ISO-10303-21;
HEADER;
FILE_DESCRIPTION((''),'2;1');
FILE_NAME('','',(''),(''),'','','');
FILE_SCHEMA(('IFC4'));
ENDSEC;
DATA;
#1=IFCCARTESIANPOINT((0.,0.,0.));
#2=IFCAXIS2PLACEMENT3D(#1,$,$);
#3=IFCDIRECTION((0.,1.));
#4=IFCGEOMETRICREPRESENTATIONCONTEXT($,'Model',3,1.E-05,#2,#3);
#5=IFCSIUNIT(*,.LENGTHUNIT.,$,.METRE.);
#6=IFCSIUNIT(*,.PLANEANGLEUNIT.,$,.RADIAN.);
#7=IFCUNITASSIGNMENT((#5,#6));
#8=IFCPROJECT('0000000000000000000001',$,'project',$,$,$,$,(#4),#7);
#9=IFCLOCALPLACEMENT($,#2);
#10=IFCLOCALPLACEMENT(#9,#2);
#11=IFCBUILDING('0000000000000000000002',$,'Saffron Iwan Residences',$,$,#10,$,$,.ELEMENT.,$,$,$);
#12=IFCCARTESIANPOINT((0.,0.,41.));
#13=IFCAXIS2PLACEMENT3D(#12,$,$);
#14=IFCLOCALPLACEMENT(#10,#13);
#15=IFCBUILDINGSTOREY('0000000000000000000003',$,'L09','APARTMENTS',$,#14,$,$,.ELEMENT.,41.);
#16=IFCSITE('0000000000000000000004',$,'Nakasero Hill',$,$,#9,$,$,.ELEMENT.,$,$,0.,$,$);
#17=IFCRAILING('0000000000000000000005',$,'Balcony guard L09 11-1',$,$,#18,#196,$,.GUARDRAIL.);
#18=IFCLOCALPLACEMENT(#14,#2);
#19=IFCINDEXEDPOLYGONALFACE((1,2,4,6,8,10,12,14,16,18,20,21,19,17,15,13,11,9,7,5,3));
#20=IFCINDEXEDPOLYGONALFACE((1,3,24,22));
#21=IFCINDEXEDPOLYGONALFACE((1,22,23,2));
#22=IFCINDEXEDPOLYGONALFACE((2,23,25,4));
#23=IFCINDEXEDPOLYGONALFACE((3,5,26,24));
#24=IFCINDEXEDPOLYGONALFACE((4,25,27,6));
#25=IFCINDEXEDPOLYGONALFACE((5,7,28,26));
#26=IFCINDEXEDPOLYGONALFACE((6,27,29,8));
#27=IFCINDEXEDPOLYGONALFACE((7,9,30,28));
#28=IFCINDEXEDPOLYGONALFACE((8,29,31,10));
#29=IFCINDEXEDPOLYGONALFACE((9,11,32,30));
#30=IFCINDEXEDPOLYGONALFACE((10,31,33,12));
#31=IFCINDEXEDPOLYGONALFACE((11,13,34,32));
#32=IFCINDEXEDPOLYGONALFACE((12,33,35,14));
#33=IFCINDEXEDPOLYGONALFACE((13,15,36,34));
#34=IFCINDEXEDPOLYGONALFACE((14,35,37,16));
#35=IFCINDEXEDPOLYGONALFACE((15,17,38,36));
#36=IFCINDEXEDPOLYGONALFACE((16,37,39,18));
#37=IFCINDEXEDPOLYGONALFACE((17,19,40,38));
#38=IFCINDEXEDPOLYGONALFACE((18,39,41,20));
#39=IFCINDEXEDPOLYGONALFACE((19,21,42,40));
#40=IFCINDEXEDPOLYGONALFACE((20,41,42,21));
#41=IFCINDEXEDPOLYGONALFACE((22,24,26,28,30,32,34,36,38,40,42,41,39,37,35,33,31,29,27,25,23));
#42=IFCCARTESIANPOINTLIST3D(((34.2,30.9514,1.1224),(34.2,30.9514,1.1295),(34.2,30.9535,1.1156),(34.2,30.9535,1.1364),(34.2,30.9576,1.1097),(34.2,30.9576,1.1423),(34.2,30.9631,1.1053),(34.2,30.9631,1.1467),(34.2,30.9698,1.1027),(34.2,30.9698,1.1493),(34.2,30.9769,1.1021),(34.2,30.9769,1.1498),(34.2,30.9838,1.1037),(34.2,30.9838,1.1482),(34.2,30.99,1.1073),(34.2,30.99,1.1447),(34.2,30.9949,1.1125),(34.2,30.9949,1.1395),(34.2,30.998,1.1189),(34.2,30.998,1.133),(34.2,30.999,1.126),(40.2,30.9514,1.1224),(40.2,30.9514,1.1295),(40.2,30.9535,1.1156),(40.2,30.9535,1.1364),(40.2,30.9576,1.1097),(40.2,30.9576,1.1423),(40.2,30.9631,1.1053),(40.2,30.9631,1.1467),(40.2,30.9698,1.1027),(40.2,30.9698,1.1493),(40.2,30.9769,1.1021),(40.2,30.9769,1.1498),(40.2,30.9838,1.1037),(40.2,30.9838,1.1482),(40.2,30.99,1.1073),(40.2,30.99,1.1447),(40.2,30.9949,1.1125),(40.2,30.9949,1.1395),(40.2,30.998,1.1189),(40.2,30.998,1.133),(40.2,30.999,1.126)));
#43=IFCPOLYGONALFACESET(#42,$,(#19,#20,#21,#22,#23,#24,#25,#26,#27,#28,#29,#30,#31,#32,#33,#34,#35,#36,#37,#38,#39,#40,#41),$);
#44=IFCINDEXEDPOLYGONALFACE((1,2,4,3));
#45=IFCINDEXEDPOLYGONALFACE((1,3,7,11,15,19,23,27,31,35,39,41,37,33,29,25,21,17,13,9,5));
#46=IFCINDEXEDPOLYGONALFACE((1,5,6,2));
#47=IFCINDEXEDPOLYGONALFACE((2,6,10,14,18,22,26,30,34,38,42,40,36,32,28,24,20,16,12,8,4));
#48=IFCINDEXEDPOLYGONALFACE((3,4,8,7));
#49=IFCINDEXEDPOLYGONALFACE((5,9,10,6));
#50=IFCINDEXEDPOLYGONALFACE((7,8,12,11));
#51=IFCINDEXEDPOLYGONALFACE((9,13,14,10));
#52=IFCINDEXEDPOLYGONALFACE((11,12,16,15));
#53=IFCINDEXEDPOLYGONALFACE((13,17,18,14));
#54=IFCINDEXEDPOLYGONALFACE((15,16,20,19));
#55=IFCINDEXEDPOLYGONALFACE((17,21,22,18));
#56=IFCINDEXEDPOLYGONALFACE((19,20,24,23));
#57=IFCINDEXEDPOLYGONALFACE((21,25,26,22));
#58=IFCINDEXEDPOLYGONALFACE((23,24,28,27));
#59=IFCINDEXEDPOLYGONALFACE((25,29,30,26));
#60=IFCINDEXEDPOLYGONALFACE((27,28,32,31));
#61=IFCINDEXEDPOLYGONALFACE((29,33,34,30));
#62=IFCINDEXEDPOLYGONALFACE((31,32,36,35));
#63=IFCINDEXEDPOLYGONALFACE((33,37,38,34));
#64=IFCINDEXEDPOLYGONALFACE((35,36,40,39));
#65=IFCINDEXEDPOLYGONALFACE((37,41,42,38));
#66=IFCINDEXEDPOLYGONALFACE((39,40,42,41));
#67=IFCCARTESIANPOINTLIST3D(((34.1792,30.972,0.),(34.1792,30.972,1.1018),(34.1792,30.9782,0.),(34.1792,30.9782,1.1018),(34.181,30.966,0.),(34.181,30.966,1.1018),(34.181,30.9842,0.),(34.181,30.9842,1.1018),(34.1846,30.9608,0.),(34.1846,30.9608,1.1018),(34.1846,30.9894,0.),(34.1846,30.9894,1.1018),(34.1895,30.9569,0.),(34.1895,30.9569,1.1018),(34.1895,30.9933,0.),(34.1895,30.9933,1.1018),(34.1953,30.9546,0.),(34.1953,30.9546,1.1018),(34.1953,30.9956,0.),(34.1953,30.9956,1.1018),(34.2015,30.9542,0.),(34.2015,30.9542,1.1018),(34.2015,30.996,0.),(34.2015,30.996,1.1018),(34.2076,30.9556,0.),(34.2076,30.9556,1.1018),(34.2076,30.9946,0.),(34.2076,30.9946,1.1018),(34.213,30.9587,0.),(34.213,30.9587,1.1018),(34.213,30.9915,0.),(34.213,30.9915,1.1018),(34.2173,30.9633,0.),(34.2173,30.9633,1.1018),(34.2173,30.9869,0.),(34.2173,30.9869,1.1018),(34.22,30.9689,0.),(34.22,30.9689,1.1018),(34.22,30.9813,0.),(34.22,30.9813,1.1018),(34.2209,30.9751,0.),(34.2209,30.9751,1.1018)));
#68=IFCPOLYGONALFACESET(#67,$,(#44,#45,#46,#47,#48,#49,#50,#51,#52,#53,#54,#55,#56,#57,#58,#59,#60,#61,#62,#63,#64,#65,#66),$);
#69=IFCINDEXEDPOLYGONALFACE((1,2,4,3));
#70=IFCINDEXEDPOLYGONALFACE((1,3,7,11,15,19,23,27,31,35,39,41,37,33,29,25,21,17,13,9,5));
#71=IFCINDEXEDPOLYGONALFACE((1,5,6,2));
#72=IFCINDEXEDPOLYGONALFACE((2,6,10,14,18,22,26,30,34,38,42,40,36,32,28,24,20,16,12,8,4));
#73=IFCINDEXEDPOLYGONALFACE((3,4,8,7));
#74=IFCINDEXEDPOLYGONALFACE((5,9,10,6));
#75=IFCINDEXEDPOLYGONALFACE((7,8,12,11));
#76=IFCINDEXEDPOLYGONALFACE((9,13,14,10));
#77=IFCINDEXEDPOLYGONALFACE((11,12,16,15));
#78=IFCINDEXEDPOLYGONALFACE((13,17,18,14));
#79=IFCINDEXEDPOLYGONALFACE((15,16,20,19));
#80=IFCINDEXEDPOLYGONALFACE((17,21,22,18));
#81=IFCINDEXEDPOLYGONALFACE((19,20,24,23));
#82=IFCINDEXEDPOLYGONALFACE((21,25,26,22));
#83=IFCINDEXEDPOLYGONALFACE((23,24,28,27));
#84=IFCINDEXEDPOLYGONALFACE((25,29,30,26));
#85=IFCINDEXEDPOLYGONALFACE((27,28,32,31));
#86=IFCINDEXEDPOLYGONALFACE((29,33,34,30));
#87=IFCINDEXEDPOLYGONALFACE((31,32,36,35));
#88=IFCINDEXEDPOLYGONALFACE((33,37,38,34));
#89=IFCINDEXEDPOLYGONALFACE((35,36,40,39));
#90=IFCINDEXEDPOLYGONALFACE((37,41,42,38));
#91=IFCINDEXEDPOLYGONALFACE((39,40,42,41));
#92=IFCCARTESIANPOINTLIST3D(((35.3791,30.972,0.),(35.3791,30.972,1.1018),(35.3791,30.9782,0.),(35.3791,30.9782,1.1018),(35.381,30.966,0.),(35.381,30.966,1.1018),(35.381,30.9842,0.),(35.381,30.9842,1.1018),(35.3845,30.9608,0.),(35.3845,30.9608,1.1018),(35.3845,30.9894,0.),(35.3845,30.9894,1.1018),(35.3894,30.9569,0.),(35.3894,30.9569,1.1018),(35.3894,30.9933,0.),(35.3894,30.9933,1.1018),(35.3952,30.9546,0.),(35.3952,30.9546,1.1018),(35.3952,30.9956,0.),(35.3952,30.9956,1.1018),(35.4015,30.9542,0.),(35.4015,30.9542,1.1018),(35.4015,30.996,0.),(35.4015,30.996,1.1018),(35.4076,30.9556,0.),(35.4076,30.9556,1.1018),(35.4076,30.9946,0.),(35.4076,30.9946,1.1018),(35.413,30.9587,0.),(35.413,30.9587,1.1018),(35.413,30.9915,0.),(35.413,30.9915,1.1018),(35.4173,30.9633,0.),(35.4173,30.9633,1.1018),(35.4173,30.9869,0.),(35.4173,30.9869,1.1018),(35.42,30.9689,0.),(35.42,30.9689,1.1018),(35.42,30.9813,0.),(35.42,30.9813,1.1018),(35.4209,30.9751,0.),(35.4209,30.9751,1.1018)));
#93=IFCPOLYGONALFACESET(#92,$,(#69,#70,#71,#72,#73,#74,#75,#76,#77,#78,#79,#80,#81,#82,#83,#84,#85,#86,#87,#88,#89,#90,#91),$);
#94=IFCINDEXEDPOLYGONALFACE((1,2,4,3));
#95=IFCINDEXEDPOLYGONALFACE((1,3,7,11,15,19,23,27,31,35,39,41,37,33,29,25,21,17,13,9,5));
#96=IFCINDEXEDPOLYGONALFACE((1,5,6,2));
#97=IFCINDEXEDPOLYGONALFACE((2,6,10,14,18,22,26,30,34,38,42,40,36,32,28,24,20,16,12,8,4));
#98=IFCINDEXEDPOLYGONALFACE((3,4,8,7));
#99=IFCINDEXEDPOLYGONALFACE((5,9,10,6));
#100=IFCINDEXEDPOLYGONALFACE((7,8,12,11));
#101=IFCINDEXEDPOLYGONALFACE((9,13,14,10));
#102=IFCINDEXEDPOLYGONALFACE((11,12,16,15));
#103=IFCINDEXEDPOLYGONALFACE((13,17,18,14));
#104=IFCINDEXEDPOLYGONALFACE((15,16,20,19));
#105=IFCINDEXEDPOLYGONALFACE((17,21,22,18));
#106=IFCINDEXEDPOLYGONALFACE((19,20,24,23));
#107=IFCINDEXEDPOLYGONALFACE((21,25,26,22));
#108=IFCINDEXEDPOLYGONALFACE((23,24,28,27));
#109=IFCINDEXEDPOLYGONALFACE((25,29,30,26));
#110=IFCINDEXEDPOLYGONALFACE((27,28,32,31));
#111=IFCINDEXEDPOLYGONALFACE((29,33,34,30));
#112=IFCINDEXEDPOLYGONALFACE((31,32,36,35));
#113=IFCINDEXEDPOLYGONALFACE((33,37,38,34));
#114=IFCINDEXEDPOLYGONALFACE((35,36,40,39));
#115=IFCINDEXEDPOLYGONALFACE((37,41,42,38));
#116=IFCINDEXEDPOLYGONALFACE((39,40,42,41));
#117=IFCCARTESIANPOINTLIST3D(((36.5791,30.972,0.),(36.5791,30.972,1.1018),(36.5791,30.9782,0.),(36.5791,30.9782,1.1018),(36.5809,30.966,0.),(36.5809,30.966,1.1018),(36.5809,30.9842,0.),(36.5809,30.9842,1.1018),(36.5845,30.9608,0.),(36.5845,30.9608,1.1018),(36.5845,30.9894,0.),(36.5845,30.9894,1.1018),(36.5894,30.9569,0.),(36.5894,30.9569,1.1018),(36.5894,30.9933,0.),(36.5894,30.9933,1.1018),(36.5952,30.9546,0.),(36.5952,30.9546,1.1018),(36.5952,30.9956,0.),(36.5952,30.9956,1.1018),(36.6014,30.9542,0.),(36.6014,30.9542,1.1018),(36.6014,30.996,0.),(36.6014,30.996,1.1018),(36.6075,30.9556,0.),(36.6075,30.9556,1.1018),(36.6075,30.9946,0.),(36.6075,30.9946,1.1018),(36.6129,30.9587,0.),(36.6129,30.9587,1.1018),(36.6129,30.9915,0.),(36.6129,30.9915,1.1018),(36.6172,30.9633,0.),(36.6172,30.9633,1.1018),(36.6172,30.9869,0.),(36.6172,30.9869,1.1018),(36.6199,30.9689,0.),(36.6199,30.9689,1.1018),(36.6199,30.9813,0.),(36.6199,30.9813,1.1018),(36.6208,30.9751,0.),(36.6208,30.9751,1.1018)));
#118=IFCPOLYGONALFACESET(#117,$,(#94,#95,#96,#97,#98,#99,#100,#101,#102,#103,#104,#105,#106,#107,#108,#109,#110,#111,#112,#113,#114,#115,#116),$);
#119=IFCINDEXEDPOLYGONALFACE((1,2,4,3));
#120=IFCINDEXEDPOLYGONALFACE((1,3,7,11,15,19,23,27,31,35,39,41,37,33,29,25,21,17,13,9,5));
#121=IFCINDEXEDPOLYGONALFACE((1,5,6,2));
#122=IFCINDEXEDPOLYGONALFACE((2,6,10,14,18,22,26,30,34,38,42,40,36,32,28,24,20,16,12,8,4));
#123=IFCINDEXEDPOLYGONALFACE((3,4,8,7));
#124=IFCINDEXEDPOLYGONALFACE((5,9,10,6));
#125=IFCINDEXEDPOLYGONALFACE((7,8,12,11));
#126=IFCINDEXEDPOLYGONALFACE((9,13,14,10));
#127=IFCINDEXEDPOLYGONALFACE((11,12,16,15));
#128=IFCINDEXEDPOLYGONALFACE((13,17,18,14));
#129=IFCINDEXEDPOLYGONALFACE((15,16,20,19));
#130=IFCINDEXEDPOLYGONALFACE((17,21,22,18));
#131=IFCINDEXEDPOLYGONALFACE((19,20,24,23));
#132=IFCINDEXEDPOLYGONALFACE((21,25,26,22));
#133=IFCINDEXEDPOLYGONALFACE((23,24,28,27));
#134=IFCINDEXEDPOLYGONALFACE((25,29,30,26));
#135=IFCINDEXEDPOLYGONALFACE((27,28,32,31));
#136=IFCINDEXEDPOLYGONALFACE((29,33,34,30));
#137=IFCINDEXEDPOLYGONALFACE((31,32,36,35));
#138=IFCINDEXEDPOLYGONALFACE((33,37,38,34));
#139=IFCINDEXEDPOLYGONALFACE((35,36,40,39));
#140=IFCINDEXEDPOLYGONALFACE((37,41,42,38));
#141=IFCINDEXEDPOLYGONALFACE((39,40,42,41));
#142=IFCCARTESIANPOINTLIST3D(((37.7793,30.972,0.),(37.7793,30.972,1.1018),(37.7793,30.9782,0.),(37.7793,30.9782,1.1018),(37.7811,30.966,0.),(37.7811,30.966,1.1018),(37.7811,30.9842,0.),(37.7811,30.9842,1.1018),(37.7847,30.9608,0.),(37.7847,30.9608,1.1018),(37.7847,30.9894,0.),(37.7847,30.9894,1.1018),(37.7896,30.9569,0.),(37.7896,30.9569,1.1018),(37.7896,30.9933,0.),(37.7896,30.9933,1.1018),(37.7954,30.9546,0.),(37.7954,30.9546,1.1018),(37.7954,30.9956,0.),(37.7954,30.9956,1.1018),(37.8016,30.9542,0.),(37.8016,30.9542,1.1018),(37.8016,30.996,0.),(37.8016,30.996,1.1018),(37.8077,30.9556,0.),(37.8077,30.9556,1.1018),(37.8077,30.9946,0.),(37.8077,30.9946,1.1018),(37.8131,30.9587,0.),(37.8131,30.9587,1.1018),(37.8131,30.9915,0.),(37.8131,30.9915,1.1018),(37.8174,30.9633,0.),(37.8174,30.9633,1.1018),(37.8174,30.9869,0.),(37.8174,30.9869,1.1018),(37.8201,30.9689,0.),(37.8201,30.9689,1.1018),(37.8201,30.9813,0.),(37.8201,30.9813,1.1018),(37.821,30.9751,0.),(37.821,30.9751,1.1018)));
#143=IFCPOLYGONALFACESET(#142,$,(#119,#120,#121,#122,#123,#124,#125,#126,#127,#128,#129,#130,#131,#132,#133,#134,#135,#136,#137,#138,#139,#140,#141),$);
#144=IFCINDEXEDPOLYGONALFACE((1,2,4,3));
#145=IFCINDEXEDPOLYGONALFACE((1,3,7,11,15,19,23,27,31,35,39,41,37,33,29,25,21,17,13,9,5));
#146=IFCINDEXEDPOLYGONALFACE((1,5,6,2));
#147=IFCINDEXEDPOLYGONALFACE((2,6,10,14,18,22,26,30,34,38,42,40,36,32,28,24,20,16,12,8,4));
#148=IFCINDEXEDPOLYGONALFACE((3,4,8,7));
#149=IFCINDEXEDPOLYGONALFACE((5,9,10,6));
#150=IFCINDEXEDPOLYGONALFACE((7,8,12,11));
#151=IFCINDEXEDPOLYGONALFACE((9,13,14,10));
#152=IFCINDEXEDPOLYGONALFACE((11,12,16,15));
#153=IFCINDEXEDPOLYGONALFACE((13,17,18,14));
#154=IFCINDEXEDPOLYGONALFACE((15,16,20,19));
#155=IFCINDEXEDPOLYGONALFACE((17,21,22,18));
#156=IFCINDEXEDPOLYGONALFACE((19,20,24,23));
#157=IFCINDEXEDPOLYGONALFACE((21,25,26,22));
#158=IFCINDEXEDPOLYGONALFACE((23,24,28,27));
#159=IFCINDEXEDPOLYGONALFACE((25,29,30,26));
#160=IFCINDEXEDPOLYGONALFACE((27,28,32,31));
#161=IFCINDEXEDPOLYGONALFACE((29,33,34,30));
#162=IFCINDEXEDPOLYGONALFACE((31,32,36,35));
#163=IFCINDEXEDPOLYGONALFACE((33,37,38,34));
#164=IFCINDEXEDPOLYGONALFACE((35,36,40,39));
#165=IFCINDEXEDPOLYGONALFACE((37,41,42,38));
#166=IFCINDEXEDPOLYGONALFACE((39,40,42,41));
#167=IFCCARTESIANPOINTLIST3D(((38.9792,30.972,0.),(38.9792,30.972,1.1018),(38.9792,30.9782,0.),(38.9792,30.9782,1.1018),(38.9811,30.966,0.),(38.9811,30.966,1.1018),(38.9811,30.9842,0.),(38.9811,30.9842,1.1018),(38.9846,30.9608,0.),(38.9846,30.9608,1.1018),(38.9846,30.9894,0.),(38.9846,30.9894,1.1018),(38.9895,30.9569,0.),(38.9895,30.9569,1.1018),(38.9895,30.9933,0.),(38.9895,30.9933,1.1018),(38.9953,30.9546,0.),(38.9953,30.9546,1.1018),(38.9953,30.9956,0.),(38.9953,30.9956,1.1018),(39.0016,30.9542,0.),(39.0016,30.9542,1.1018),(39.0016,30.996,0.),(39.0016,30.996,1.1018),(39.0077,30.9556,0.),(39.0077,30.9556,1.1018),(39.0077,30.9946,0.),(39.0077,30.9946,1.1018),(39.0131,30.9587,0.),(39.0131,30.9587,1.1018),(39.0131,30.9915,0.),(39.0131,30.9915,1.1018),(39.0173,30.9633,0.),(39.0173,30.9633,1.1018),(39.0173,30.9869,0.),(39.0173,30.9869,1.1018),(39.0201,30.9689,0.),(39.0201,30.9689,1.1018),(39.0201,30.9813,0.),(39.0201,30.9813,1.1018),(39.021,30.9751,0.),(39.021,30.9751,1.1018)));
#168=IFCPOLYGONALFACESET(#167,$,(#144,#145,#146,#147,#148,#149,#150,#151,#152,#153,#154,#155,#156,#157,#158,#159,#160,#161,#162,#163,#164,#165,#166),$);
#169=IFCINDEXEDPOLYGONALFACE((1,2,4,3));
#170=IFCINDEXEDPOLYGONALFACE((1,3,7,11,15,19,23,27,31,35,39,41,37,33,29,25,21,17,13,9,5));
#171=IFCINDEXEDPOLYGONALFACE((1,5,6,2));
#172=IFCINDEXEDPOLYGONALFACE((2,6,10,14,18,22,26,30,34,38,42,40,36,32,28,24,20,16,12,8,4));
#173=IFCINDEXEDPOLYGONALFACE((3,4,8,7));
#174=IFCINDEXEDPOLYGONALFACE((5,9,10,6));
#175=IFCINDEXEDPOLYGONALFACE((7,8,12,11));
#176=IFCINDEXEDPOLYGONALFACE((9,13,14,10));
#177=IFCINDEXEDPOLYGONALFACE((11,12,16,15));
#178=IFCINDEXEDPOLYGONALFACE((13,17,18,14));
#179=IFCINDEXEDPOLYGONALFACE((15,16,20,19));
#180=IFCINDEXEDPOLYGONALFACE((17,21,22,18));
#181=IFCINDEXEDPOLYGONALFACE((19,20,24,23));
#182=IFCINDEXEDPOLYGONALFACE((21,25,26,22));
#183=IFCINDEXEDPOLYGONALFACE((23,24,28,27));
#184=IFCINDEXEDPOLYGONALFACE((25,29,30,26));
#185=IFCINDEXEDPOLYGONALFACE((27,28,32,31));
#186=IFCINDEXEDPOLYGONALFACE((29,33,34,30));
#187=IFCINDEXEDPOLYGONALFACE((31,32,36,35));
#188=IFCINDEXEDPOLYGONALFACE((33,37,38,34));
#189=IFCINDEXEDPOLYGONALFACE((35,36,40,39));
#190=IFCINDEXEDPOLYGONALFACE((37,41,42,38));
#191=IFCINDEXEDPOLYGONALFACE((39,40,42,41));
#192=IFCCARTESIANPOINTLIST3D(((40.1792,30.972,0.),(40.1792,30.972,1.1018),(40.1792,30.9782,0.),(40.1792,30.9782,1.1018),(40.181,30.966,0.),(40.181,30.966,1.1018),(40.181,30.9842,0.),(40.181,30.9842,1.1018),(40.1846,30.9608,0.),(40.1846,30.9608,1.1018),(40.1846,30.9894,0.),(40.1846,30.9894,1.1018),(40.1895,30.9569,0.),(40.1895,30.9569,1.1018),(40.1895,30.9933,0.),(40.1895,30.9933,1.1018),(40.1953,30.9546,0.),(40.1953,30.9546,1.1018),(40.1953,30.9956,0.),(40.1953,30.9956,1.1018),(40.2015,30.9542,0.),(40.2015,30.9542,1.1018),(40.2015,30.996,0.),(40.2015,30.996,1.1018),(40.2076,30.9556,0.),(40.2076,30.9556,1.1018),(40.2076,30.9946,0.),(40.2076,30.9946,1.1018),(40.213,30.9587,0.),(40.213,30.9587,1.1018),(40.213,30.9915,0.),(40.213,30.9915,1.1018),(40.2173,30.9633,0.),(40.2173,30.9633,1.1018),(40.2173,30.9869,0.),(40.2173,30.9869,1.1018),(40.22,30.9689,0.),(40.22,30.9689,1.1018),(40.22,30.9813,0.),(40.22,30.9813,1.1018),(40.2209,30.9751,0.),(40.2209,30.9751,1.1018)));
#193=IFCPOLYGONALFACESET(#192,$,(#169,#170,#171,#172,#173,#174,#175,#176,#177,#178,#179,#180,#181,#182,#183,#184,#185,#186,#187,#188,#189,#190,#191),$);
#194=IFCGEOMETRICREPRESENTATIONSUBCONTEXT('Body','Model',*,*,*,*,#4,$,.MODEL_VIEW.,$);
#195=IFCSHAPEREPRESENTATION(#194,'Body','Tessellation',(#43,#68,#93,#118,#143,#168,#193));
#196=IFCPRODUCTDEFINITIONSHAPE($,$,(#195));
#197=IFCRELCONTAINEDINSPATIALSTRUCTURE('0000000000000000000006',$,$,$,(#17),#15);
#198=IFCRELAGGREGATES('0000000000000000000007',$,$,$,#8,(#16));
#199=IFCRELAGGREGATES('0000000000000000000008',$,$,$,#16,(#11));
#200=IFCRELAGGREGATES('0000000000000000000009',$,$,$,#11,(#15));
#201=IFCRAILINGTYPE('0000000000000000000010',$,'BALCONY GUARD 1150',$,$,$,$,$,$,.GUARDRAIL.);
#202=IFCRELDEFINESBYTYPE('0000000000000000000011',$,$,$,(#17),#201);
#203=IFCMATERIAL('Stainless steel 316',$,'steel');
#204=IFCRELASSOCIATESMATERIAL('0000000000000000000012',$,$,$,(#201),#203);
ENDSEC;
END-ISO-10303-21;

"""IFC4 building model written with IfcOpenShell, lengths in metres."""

from ifc_helpers import new_model, si_unit, direction, frame, origin, origin_2d, place, context, subcontext, project, spatial, circle, extrude, material, type_object, element, save


model = new_model("IFC4")

# Units and contexts
model_context = context("Model", 3, precision=1e-05, world=origin(), true_north=direction((0.0, 1.0)))
body_context = subcontext(model_context, "Body", "Model", "MODEL_VIEW")
ifc_project = project(units=[si_unit("LENGTHUNIT", "METRE"), si_unit("PLANEANGLEUNIT", "RADIAN")], contexts=[model_context])

# Site, building, storey
site_placement = place(None, origin())
site = spatial("IfcSite", under=ifc_project, at=site_placement, Name="Nakasero Hill", CompositionType="ELEMENT", RefElevation=0.0)
building_placement = place(site_placement, origin())
building = spatial("IfcBuilding", under=site, at=building_placement, Name="Saffron Iwan Residences", CompositionType="ELEMENT")
storey_placement = place(building_placement, frame((0.0, 0.0, 41.0)))
storey = spatial("IfcBuildingStorey", under=building, at=storey_placement, Name="L09", Description="APARTMENTS", CompositionType="ELEMENT", Elevation=41.0)

# Railing
ifc_material_1 = material(Name="Stainless steel 316", Category="steel")
railing_type = type_object("IfcRailingType", Name="BALCONY GUARD 1150", PredefinedType="GUARDRAIL", material=ifc_material_1)
railing_placement = place(storey_placement, frame((34.2, 30.9751, 0.0)))
element("IfcRailing", 1, at=railing_placement, inside=storey, type_object=railing_type, Name="Balcony guard L09 11-1", PredefinedType="GUARDRAIL", context=body_context, shape_type="SweptSolid", body=[
    extrude(circle(Radius=0.0239, at=origin_2d()), frame((0.0, 0.0, 1.126), z_axis=(1.0, 0.0, 0.0), x_axis=(0.0, 1.0, 0.0)), (0.0, 0.0, 1.0), 6.0),
    extrude(circle(Radius=0.021, at=origin_2d()), origin(), (0.0, 0.0, 1.0), 1.1018),
    extrude(circle(Radius=0.021, at=origin_2d()), frame((1.2, 0.0, 0.0)), (0.0, 0.0, 1.0), 1.1018),
    extrude(circle(Radius=0.021, at=origin_2d()), frame((2.3999, 0.0, 0.0)), (0.0, 0.0, 1.0), 1.1018),
    extrude(circle(Radius=0.021, at=origin_2d()), frame((3.6001, 0.0, 0.0)), (0.0, 0.0, 1.0), 1.1018),
    extrude(circle(Radius=0.021, at=origin_2d()), frame((4.8, 0.0, 0.0)), (0.0, 0.0, 1.0), 1.1018),
    extrude(circle(Radius=0.021, at=origin_2d()), frame((6.0, 0.0, 0.0)), (0.0, 0.0, 1.0), 1.1018),
])

save(model, "model.ifc")
